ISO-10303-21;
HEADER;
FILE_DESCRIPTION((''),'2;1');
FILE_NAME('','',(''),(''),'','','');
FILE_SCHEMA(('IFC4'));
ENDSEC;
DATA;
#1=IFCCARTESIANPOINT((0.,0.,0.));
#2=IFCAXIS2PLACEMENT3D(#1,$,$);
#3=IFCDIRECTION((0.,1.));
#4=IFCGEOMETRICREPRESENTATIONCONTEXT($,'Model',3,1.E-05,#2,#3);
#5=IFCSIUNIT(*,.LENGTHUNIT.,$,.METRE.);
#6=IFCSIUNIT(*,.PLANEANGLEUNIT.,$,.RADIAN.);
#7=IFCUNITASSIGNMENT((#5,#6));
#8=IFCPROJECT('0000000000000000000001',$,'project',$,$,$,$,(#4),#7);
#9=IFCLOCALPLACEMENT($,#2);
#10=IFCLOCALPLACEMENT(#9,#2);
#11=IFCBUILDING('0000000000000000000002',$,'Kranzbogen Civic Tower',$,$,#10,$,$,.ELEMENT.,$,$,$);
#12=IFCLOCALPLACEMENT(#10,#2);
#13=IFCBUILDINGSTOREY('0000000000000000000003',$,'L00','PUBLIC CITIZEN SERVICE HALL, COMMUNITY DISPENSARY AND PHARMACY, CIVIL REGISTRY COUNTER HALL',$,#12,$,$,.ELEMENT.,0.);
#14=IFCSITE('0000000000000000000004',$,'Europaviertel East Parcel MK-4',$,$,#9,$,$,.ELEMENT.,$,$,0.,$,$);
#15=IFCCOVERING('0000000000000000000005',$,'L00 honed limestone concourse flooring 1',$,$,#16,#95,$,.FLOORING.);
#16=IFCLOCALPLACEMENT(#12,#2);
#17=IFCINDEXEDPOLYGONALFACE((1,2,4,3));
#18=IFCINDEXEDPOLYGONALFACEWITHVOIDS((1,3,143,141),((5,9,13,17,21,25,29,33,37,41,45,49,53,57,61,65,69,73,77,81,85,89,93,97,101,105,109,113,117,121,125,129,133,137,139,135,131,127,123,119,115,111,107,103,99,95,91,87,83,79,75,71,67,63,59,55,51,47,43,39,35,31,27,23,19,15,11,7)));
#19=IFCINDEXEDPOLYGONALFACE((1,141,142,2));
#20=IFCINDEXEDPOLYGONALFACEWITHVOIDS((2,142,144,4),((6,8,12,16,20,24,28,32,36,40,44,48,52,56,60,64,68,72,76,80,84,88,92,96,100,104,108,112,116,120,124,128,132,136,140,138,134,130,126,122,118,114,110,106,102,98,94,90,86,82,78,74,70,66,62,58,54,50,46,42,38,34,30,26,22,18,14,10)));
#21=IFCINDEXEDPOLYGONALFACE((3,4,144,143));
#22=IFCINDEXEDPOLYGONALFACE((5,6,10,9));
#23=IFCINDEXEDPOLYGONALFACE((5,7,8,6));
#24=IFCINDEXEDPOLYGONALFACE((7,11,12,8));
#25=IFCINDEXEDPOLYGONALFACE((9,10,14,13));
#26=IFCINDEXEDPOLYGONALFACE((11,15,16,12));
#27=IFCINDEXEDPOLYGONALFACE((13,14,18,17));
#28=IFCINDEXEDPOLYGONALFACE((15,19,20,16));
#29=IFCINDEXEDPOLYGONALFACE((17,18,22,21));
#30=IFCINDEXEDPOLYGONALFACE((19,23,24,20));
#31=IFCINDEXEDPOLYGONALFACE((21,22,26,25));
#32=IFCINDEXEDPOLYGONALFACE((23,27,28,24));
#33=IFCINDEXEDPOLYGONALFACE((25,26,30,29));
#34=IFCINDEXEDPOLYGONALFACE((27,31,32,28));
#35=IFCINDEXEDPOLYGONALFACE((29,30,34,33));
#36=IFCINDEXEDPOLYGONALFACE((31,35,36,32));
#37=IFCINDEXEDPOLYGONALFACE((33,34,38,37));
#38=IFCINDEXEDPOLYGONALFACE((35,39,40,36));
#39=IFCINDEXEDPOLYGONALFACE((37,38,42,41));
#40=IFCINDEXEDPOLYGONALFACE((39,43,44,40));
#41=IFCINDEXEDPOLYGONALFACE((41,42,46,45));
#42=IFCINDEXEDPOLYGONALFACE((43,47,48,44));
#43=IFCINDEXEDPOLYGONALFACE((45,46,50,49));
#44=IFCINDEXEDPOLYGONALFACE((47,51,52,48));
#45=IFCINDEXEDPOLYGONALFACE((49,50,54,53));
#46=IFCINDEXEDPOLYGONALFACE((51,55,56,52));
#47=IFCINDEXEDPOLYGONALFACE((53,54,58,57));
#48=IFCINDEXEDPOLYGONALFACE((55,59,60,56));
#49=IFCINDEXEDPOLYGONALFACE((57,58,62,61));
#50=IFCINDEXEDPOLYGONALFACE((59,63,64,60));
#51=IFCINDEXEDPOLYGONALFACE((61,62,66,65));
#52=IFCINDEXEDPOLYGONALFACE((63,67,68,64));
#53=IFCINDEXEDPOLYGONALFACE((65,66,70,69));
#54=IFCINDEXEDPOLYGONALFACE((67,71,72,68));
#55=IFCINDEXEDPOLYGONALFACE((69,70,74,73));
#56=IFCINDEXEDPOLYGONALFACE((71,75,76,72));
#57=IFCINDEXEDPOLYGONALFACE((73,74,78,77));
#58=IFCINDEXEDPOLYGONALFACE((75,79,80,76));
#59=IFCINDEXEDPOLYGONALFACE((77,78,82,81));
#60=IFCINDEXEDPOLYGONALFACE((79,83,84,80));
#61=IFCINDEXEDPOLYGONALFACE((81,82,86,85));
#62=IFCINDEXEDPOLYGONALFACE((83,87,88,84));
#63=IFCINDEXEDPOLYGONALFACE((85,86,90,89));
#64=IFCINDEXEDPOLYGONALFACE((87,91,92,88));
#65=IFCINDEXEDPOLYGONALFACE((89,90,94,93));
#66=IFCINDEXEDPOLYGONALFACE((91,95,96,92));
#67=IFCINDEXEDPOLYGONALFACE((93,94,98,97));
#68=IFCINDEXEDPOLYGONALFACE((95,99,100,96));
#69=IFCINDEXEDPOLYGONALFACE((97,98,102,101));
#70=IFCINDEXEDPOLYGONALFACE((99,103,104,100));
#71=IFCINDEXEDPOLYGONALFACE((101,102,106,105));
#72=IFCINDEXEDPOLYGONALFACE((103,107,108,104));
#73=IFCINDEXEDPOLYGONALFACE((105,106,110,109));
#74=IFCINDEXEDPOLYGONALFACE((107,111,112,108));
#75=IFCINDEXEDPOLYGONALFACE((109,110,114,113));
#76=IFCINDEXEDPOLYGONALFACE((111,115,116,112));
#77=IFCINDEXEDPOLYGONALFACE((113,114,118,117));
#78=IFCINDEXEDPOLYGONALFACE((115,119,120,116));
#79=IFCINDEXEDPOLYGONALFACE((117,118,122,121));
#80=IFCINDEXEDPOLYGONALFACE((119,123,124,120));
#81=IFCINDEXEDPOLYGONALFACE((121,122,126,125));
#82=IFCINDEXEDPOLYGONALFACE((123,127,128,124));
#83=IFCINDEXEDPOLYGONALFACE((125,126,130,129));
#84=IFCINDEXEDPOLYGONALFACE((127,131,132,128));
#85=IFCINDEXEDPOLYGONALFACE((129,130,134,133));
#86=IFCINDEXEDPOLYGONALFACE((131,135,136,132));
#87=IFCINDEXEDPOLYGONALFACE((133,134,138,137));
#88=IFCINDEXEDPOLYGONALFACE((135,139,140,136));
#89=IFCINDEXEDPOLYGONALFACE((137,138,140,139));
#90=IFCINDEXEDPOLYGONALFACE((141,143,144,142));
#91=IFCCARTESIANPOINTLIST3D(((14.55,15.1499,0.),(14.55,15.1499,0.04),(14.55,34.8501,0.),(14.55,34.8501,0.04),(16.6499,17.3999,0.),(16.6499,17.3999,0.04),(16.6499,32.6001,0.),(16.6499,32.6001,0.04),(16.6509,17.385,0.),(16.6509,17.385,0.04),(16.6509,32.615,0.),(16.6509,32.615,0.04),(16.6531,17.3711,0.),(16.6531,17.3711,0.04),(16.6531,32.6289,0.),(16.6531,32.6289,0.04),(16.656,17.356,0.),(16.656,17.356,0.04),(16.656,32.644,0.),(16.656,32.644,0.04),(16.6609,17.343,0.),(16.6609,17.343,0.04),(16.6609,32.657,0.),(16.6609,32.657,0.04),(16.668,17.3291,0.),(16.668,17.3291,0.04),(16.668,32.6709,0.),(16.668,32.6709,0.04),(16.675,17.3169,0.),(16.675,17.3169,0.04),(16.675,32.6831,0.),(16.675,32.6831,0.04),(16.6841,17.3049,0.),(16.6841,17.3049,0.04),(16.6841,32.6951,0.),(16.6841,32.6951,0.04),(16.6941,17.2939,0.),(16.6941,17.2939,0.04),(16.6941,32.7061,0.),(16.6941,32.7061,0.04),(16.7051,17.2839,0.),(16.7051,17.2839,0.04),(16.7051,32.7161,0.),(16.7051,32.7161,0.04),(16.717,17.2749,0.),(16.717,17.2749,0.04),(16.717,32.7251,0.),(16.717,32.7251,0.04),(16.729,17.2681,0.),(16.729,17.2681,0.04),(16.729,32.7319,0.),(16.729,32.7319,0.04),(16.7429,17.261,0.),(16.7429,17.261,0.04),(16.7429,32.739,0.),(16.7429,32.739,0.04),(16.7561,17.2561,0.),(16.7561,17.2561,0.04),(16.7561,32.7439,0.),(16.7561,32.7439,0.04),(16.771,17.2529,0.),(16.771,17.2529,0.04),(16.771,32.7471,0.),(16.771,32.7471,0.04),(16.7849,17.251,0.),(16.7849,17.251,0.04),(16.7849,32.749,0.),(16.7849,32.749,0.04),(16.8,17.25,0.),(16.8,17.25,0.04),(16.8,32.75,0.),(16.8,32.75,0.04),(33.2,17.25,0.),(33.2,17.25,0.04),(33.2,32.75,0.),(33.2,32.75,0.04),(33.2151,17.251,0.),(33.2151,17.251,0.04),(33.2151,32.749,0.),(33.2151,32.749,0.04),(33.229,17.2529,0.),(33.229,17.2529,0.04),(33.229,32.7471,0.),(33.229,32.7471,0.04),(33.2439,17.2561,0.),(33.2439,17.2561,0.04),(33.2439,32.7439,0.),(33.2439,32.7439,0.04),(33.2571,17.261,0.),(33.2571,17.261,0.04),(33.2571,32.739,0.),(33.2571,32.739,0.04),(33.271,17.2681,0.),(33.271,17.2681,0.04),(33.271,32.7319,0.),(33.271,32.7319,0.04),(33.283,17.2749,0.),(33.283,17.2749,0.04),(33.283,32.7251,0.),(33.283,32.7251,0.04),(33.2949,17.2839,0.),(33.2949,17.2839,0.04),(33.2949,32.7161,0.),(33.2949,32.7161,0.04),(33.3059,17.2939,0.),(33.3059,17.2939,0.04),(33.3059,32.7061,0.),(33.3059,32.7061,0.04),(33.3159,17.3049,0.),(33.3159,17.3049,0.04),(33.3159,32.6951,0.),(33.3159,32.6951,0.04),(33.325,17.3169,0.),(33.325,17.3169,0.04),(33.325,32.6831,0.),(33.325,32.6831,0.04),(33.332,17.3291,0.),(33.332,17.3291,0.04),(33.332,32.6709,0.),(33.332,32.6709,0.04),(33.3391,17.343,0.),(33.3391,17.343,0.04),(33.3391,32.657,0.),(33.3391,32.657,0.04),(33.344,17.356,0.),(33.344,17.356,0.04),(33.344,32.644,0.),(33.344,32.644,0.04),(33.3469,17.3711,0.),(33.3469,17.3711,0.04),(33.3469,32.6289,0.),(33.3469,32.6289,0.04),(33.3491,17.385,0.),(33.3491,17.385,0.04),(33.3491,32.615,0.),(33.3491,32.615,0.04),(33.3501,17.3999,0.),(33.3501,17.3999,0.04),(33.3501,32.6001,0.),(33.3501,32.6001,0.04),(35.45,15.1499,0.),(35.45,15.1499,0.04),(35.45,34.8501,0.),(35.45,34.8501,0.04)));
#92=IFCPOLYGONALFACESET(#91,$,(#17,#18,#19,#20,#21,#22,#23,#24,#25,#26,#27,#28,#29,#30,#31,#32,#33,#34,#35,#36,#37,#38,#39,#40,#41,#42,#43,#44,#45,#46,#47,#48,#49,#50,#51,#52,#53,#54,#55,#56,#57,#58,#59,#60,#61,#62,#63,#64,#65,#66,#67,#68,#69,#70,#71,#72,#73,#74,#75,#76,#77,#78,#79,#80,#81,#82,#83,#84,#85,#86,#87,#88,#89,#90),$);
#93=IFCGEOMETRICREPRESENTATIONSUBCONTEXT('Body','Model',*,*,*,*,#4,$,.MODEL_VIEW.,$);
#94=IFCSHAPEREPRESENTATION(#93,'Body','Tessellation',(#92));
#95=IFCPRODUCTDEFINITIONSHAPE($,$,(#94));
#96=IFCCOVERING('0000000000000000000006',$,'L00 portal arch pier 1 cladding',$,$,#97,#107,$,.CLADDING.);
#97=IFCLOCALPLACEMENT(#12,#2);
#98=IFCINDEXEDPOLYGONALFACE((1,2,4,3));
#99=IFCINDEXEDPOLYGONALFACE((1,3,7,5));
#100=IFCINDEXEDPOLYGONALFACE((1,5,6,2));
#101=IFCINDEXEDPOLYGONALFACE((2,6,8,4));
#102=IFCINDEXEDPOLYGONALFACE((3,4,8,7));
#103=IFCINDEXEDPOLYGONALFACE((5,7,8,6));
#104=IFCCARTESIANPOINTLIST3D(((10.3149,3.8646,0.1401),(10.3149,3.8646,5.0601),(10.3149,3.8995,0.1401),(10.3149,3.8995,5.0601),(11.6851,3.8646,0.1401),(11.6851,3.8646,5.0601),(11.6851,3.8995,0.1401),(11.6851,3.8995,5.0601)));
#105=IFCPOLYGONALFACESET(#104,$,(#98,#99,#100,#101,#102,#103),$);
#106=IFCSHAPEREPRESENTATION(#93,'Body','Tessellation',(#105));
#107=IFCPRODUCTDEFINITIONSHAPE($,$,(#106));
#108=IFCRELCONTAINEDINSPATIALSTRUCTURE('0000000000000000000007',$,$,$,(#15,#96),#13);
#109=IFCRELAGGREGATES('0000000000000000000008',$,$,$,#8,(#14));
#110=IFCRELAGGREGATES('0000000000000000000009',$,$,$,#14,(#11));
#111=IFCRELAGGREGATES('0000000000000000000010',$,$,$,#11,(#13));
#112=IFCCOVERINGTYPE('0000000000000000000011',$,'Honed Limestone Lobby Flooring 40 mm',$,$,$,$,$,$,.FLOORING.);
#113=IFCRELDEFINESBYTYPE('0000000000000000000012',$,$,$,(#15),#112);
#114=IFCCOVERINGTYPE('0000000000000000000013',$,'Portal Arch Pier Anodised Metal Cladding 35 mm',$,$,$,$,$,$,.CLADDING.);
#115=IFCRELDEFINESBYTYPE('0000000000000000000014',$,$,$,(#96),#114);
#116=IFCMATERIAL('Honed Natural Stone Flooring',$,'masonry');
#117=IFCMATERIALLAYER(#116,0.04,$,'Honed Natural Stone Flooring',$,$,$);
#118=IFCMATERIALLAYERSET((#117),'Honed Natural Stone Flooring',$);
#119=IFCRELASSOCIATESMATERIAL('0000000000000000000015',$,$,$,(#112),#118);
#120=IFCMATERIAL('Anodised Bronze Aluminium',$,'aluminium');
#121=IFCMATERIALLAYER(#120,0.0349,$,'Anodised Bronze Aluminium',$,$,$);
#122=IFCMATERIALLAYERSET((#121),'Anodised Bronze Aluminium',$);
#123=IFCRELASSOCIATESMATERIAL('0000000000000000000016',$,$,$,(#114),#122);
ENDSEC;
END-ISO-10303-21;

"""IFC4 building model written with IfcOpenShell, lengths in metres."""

from ifc_helpers import new_model, si_unit, direction, frame, origin, origin_2d, place, context, subcontext, project, spatial, polyline, rectangle, outline, extrude, material, layer, layer_set, type_object, element, save


model = new_model("IFC4")

# Units and contexts
model_context = context("Model", 3, precision=1e-05, world=origin(), true_north=direction((0.0, 1.0)))
body_context = subcontext(model_context, "Body", "Model", "MODEL_VIEW")
ifc_project = project(units=[si_unit("LENGTHUNIT", "METRE"), si_unit("PLANEANGLEUNIT", "RADIAN")], contexts=[model_context])

# Site, building, storey
site_placement = place(None, origin())
site = spatial("IfcSite", under=ifc_project, at=site_placement, Name="Europaviertel East Parcel MK-4", CompositionType="ELEMENT", RefElevation=0.0)
building_placement = place(site_placement, origin())
building = spatial("IfcBuilding", under=site, at=building_placement, Name="Kranzbogen Civic Tower", CompositionType="ELEMENT")
storey_placement = place(building_placement, origin())
storey = spatial("IfcBuildingStorey", under=building, at=storey_placement, Name="L00", Description="PUBLIC CITIZEN SERVICE HALL, COMMUNITY DISPENSARY AND PHARMACY, CIVIL REGISTRY COUNTER HALL", CompositionType="ELEMENT", Elevation=0.0)

# Coverings
ifc_material_1 = material(Name="Honed Natural Stone Flooring", Category="masonry")
ifc_layer_1 = layer(ifc_material_1, 0.04, Name="Honed Natural Stone Flooring")
ifc_layer_set_1 = layer_set([ifc_layer_1], Name="Honed Natural Stone Flooring")
covering_type_1 = type_object("IfcCoveringType", Name="Honed Limestone Lobby Flooring 40 mm", PredefinedType="FLOORING", material=ifc_layer_set_1)
covering_1_placement = place(storey_placement, origin())
element("IfcCovering", 1, at=covering_1_placement, inside=storey, type_object=covering_type_1, Name="L00 honed limestone concourse flooring 1", PredefinedType="FLOORING", context=body_context, shape_type="SweptSolid", body=[
    extrude(outline(polyline([(14.55, 15.1499), (14.55, 34.8501), (35.45, 34.8501), (35.45, 15.1499), (14.55, 15.1499)]), holes=[polyline([(33.3501, 17.3999), (33.3491, 17.385), (33.3469, 17.3711), (33.344, 17.356), (33.3391, 17.343), (33.332, 17.3291), (33.325, 17.3169), (33.3159, 17.3049), (33.3059, 17.2939), (33.2949, 17.2839), (33.283, 17.2749), (33.271, 17.2681), (33.2571, 17.261), (33.2439, 17.2561), (33.229, 17.2529), (33.2151, 17.251), (33.2, 17.25), (16.8, 17.25), (16.7849, 17.251), (16.771, 17.2529), (16.7561, 17.2561), (16.7429, 17.261), (16.729, 17.2681), (16.717, 17.2749), (16.7051, 17.2839), (16.6941, 17.2939), (16.6841, 17.3049), (16.675, 17.3169), (16.668, 17.3291), (16.6609, 17.343), (16.656, 17.356), (16.6531, 17.3711), (16.6509, 17.385), (16.6499, 17.3999), (16.6499, 32.6001), (16.6509, 32.615), (16.6531, 32.6289), (16.656, 32.644), (16.6609, 32.657), (16.668, 32.6709), (16.675, 32.6831), (16.6841, 32.6951), (16.6941, 32.7061), (16.7051, 32.7161), (16.717, 32.7251), (16.729, 32.7319), (16.7429, 32.739), (16.7561, 32.7439), (16.771, 32.7471), (16.7849, 32.749), (16.8, 32.75), (33.2, 32.75), (33.2151, 32.749), (33.229, 32.7471), (33.2439, 32.7439), (33.2571, 32.739), (33.271, 32.7319), (33.283, 32.7251), (33.2949, 32.7161), (33.3059, 32.7061), (33.3159, 32.6951), (33.325, 32.6831), (33.332, 32.6709), (33.3391, 32.657), (33.344, 32.644), (33.3469, 32.6289), (33.3491, 32.615), (33.3501, 32.6001), (33.3501, 17.3999)])]), origin(), (0.0, 0.0, 1.0), 0.04),
])
ifc_material_2 = material(Name="Anodised Bronze Aluminium", Category="aluminium")
ifc_layer_2 = layer(ifc_material_2, 0.0349, Name="Anodised Bronze Aluminium")
ifc_layer_set_2 = layer_set([ifc_layer_2], Name="Anodised Bronze Aluminium")
covering_type_2 = type_object("IfcCoveringType", Name="Portal Arch Pier Anodised Metal Cladding 35 mm", PredefinedType="CLADDING", material=ifc_layer_set_2)
covering_2_placement = place(storey_placement, frame((11.0, 3.8821, 0.1401), z_axis=(0.0, 0.0, 1.0), x_axis=(1.0, 0.0, 0.0)))
element("IfcCovering", 2, at=covering_2_placement, inside=storey, type_object=covering_type_2, Name="L00 portal arch pier 1 cladding", PredefinedType="CLADDING", context=body_context, shape_type="SweptSolid", body=[
    extrude(rectangle(XDim=1.3701, YDim=0.0349, at=origin_2d()), origin(), (0.0, 0.0, 1.0), 4.9199),
])

save(model, "model.ifc")
